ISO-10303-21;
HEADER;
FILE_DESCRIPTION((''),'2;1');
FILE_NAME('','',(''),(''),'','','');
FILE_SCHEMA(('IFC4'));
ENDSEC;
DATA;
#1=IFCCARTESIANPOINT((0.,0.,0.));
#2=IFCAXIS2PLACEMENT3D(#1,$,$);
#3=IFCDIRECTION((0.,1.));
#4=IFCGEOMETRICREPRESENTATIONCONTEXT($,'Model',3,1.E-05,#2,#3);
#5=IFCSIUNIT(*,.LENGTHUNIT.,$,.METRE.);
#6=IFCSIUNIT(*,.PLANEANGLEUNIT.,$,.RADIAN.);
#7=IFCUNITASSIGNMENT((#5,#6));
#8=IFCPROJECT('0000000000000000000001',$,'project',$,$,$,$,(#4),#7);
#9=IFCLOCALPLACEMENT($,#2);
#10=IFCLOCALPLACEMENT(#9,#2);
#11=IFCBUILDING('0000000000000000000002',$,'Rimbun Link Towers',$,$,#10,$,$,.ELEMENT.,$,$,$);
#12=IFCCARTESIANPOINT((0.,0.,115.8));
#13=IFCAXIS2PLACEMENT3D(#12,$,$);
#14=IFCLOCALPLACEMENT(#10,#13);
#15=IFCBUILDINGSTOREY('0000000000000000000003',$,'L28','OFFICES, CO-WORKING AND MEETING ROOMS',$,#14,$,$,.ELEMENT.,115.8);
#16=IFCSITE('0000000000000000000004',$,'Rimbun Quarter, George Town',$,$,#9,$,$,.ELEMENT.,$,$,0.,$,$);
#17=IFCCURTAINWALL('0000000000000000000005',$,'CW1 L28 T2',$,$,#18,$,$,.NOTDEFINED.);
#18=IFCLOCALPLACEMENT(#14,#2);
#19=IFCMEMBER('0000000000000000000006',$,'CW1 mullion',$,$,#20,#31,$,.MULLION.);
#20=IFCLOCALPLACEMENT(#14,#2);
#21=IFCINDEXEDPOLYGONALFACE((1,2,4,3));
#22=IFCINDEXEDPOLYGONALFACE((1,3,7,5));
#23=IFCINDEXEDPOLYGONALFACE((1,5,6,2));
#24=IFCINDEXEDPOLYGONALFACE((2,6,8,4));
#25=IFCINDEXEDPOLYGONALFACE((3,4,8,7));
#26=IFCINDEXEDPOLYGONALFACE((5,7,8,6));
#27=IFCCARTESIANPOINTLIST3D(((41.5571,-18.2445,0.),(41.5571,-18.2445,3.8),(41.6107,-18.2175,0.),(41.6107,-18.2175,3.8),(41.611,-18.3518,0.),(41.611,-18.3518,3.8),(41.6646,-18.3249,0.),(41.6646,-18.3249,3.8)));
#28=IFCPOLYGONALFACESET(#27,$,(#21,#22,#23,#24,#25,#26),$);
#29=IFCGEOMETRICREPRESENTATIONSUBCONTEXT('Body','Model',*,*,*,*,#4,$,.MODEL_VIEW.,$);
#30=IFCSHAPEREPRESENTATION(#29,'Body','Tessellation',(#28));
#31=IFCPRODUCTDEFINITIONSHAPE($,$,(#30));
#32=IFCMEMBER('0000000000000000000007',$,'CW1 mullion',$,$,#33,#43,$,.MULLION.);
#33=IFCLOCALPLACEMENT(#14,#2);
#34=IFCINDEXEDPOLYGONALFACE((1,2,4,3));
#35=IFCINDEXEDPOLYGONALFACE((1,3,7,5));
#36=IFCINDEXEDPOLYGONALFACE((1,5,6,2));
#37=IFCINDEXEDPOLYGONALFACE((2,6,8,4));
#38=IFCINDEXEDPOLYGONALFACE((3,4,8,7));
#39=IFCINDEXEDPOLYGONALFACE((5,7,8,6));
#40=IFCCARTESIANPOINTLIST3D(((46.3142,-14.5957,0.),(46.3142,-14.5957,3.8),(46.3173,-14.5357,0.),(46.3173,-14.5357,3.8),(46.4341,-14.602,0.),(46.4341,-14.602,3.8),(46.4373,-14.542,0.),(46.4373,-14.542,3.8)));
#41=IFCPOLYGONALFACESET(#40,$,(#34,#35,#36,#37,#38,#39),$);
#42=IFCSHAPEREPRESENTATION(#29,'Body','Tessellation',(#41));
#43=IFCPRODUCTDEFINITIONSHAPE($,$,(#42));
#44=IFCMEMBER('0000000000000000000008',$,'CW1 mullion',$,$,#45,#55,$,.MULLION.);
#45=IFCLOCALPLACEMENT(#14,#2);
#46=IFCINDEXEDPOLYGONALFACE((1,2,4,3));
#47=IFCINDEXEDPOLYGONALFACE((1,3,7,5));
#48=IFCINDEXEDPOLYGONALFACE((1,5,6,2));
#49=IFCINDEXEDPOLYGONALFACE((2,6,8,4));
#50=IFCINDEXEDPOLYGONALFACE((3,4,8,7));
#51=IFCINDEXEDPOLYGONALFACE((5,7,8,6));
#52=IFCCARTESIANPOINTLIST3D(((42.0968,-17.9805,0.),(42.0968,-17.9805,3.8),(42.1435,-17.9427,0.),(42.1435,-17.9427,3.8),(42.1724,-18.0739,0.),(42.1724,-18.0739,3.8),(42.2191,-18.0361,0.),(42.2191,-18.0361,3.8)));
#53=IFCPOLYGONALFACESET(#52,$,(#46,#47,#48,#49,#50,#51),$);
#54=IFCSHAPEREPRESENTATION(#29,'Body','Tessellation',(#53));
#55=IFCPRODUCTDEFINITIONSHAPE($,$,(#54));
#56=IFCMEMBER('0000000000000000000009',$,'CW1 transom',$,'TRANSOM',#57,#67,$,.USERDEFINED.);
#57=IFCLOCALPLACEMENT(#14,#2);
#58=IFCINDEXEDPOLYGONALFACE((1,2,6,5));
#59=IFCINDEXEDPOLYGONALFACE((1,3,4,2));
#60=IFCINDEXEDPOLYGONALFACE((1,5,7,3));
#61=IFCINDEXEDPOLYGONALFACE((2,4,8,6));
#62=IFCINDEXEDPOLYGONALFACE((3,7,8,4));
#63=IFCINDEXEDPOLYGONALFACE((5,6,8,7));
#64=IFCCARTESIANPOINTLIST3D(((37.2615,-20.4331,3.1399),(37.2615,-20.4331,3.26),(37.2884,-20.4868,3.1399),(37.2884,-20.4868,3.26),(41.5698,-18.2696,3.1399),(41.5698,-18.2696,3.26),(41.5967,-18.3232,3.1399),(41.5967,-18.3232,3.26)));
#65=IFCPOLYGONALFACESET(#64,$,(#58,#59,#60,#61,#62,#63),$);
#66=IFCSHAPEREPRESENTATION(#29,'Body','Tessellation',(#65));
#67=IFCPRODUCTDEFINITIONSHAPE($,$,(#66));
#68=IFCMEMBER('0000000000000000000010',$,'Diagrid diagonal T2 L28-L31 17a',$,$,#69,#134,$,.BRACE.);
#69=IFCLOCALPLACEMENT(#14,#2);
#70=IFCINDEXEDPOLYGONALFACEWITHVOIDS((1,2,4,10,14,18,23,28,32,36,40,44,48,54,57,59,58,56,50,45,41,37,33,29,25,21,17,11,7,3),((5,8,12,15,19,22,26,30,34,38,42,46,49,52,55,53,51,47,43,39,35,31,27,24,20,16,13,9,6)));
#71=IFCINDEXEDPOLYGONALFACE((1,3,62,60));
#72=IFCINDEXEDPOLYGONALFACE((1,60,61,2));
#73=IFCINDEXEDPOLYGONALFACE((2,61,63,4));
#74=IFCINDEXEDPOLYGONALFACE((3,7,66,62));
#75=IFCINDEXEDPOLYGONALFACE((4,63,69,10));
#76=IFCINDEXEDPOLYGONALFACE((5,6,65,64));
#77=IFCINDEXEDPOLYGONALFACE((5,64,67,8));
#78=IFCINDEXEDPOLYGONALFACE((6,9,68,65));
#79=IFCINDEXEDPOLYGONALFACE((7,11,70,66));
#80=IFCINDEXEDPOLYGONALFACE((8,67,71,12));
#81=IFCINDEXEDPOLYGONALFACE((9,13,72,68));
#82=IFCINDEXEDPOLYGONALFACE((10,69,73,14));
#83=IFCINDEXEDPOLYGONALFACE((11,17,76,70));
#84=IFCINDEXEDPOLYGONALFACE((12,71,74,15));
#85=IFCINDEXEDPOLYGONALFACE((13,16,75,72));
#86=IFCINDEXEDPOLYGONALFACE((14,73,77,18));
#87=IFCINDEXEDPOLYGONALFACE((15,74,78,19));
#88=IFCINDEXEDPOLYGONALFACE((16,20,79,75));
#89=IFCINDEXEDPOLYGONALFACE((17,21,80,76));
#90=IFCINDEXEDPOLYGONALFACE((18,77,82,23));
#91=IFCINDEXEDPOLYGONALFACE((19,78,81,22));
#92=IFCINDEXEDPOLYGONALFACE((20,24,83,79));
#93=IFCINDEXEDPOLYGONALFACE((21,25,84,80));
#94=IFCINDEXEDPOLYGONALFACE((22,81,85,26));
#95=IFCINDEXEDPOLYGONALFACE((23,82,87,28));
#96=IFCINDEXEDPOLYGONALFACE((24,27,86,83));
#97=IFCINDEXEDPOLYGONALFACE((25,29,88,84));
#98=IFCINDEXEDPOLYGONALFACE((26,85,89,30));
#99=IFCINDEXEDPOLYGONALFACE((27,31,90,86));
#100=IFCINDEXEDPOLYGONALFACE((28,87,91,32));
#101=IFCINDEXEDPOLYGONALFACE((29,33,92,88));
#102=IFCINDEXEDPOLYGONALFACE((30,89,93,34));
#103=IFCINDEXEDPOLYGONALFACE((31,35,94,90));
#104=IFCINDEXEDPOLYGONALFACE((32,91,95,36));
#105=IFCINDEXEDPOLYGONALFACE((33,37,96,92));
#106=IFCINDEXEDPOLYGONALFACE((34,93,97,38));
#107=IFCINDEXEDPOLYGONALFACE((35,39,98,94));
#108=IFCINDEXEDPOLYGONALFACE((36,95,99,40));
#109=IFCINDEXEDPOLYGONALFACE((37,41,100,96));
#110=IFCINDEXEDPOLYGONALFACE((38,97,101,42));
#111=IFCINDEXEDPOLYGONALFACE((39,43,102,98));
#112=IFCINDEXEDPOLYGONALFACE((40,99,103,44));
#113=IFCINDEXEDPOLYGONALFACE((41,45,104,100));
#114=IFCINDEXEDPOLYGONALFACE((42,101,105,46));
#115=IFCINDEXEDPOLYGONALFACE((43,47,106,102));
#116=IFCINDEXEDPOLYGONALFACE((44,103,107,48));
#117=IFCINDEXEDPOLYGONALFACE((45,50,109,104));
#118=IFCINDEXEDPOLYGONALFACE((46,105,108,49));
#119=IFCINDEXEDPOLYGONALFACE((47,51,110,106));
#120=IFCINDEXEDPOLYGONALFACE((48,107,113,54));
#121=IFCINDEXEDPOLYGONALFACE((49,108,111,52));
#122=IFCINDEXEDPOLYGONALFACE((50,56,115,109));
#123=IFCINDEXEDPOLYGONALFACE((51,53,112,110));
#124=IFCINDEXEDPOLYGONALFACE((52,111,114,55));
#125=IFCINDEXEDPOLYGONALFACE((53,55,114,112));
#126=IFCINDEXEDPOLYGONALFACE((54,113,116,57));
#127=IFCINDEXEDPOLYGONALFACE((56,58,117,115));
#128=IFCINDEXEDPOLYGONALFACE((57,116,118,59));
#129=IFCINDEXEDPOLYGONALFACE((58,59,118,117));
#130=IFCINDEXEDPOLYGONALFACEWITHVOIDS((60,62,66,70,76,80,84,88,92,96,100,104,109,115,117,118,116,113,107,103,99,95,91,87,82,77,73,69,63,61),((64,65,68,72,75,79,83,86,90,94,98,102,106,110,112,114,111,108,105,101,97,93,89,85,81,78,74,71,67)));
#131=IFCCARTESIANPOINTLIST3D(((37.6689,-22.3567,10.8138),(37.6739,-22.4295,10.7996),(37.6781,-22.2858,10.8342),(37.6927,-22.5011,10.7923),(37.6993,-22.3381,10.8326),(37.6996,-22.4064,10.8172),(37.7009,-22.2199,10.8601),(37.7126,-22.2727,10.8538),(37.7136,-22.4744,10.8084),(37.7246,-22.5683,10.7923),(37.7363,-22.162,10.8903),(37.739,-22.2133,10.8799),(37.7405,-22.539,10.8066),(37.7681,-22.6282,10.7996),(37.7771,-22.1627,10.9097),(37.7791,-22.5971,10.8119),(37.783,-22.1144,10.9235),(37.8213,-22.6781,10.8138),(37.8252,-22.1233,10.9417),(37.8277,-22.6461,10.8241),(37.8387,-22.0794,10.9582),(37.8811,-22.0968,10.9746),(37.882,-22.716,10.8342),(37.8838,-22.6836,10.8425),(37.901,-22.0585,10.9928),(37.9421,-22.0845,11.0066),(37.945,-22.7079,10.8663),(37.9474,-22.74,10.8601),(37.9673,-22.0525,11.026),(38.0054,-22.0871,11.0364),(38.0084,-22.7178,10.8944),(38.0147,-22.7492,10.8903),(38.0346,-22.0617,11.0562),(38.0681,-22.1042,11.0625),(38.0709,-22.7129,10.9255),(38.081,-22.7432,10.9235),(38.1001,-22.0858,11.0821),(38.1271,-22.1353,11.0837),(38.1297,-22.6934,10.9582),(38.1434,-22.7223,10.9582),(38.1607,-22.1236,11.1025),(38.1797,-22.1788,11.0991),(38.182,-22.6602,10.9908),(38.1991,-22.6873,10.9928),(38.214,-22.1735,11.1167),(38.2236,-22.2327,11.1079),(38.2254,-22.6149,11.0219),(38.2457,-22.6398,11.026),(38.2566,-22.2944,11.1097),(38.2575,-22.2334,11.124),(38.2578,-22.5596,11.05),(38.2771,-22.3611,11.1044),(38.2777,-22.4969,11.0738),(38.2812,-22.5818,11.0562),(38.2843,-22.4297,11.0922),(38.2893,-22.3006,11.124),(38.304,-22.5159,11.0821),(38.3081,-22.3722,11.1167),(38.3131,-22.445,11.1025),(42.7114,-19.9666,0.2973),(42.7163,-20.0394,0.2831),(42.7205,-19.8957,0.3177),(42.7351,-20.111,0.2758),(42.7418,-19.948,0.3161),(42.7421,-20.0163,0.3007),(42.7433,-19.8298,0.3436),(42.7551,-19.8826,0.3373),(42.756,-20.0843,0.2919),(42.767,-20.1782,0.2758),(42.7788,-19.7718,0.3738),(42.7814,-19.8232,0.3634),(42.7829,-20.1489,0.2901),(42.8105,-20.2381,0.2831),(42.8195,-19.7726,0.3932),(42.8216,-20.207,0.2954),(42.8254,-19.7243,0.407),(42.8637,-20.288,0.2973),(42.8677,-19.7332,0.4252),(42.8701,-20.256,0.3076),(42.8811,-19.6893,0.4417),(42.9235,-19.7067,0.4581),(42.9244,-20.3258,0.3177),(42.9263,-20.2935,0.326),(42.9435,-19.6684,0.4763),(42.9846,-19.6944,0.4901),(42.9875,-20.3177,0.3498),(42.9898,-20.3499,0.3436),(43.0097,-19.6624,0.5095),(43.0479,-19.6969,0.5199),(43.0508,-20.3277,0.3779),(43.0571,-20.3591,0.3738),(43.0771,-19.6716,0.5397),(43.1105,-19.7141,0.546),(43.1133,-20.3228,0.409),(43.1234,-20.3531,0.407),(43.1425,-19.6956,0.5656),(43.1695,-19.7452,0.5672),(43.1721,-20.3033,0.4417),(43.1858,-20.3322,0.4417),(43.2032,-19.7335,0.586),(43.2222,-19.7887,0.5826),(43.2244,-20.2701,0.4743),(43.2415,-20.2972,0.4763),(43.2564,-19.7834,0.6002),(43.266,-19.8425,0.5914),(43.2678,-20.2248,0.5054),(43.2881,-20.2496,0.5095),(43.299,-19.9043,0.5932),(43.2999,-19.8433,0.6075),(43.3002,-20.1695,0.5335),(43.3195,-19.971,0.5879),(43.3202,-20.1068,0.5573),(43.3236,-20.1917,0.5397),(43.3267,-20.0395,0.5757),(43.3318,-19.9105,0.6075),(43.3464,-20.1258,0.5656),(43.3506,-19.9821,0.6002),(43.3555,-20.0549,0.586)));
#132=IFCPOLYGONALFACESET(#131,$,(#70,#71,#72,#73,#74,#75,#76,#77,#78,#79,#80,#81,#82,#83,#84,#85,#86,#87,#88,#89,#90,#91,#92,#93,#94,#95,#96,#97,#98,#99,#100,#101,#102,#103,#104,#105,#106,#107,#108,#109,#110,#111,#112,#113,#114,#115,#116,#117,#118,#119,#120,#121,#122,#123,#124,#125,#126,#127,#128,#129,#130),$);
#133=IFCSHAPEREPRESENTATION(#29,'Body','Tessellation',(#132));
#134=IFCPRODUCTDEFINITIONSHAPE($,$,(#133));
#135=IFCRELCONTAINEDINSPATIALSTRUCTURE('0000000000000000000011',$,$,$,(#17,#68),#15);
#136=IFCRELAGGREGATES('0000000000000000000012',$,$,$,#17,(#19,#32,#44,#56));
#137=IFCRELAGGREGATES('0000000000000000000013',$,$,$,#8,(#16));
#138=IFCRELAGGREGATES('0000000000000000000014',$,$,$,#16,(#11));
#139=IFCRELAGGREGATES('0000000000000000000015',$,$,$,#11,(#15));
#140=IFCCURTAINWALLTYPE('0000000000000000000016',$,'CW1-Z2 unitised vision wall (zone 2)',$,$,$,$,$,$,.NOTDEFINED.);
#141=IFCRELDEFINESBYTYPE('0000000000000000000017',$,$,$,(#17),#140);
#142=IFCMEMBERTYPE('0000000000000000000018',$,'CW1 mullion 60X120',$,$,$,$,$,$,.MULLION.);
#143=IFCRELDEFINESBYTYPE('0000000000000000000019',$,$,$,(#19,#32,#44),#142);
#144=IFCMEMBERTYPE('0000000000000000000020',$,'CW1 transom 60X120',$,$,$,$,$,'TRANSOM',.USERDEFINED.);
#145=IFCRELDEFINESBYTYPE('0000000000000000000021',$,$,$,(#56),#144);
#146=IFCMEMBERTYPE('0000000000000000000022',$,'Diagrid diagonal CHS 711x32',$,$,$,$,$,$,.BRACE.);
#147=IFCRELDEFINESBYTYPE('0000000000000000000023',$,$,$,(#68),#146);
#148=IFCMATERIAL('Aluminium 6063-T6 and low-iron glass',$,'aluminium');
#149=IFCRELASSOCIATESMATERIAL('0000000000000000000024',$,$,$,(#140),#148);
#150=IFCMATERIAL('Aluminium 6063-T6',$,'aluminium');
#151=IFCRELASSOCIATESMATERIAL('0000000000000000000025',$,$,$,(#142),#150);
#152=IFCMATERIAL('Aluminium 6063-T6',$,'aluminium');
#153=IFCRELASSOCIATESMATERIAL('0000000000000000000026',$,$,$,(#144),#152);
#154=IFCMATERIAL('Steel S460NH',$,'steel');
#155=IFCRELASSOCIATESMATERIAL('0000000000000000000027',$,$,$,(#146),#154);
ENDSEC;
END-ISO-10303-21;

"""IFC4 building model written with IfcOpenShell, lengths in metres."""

from ifc_helpers import new_model, si_unit, direction, frame, origin, origin_2d, place, context, subcontext, project, spatial, rectangle, hollow_circle, extrude, material, material_profile, profile_set, type_object, element, aggregate, save


model = new_model("IFC4")

# Units and contexts
model_context = context("Model", 3, precision=1e-05, world=origin(), true_north=direction((0.0, 1.0)))
body_context = subcontext(model_context, "Body", "Model", "MODEL_VIEW")
ifc_project = project(units=[si_unit("LENGTHUNIT", "METRE"), si_unit("PLANEANGLEUNIT", "RADIAN")], contexts=[model_context])

# Site, building, storey
site_placement = place(None, origin())
site = spatial("IfcSite", under=ifc_project, at=site_placement, Name="Rimbun Quarter, George Town", CompositionType="ELEMENT", RefElevation=0.0)
building_placement = place(site_placement, origin())
building = spatial("IfcBuilding", under=site, at=building_placement, Name="Rimbun Link Towers", CompositionType="ELEMENT")
storey_placement = place(building_placement, frame((0.0, 0.0, 115.8)))
storey = spatial("IfcBuildingStorey", under=building, at=storey_placement, Name="L28", Description="OFFICES, CO-WORKING AND MEETING ROOMS", CompositionType="ELEMENT", Elevation=115.8)

# Curtain wall, members
ifc_material_1 = material(Name="Aluminium 6063-T6 and low-iron glass", Category="aluminium")
curtain_wall_type = type_object("IfcCurtainWallType", Name="CW1-Z2 unitised vision wall (zone 2)", PredefinedType="NOTDEFINED", material=ifc_material_1)
curtain_wall_placement = place(storey_placement, origin())
curtain_wall = element("IfcCurtainWall", 1, at=curtain_wall_placement, inside=storey, type_object=curtain_wall_type, Name="CW1 L28 T2", PredefinedType="NOTDEFINED")
ifc_material_2 = material(Name="Aluminium 6063-T6", Category="aluminium")
ifc_material_profile_1 = material_profile(ifc_material_2, rectangle(XDim=0.1201, YDim=0.0601, at=origin_2d()), Name="MULLION 60X120")
ifc_profile_set_1 = profile_set([ifc_material_profile_1], Name="Aluminium 6063-T6")
member_type_1 = type_object("IfcMemberType", Name="CW1 mullion 60X120", PredefinedType="MULLION", material=ifc_profile_set_1)
member_1_placement = place(storey_placement, frame((41.6108, -18.2847, 0.0), z_axis=(0.0, 0.0, 1.0), x_axis=(0.448789, -0.893638, 0.0)))
member_1 = element("IfcMember", 2, at=member_1_placement, type_object=member_type_1, Name="CW1 mullion", PredefinedType="MULLION", context=body_context, shape_type="SweptSolid", body=[
    extrude(rectangle(XDim=0.1201, YDim=0.0601, at=origin_2d()), origin(), (0.0, 0.0, 1.0), 3.8),
])
member_2_placement = place(storey_placement, frame((46.3757, -14.5688, 0.0), z_axis=(0.0, 0.0, 1.0), x_axis=(0.998624, -0.05244, 0.0)))
member_2 = element("IfcMember", 3, at=member_2_placement, type_object=member_type_1, Name="CW1 mullion", PredefinedType="MULLION", context=body_context, shape_type="SweptSolid", body=[
    extrude(rectangle(XDim=0.1201, YDim=0.0601, at=origin_2d()), origin(), (0.0, 0.0, 1.0), 3.8),
])
member_3_placement = place(storey_placement, frame((42.158, -18.0083, 0.0), z_axis=(0.0, 0.0, 1.0), x_axis=(0.629158, -0.777277, 0.0)))
member_3 = element("IfcMember", 4, at=member_3_placement, type_object=member_type_1, Name="CW1 mullion", PredefinedType="MULLION", context=body_context, shape_type="SweptSolid", body=[
    extrude(rectangle(XDim=0.1201, YDim=0.0601, at=origin_2d()), origin(), (0.0, 0.0, 1.0), 3.8),
])
ifc_material_3 = material(Name="Aluminium 6063-T6", Category="aluminium")
ifc_material_profile_2 = material_profile(ifc_material_3, rectangle(XDim=0.0601, YDim=0.1201, at=origin_2d()), Name="TRANSOM 60X120")
ifc_profile_set_2 = profile_set([ifc_material_profile_2], Name="Aluminium 6063-T6")
member_type_2 = type_object("IfcMemberType", Name="CW1 transom 60X120", ElementType="TRANSOM", PredefinedType="USERDEFINED", material=ifc_profile_set_2)
member_4_placement = place(storey_placement, frame((41.5833, -18.2964, 3.2), z_axis=(-0.893646, -0.448773, 0.0), x_axis=(0.448773, -0.893646, 0.0)))
member_4 = element("IfcMember", 5, at=member_4_placement, type_object=member_type_2, Name="CW1 transom", ObjectType="TRANSOM", PredefinedType="USERDEFINED", context=body_context, shape_type="SweptSolid", body=[
    extrude(rectangle(XDim=0.0601, YDim=0.1201, at=origin_2d()), origin(), (0.0, 0.0, 1.0), 4.821),
])

# Member
ifc_material_4 = material(Name="Steel S460NH", Category="steel")
ifc_material_profile_3 = material_profile(ifc_material_4, hollow_circle(Radius=0.3557, WallThickness=0.032, at=origin_2d()), Name="Diagrid diagonal CHS 711x32")
ifc_profile_set_3 = profile_set([ifc_material_profile_3], Name="Steel S460NH")
member_type_3 = type_object("IfcMemberType", Name="Diagrid diagonal CHS 711x32", PredefinedType="BRACE", material=ifc_profile_set_3)
member_5_placement = place(storey_placement, frame((43.0334, -20.0107, 0.4417), z_axis=(-0.423546, -0.200761, 0.883348), x_axis=(0.42832, -0.903627, 0.0)))
element("IfcMember", 6, at=member_5_placement, inside=storey, type_object=member_type_3, Name="Diagrid diagonal T2 L28-L31 17a", PredefinedType="BRACE", context=body_context, shape_type="SweptSolid", body=[
    extrude(hollow_circle(Radius=0.3557, WallThickness=0.032, at=origin_2d()), origin(), (0.0, 0.0, 1.0), 11.9053),
])

aggregate(curtain_wall, [member_1, member_2, member_3, member_4])

save(model, "model.ifc")
